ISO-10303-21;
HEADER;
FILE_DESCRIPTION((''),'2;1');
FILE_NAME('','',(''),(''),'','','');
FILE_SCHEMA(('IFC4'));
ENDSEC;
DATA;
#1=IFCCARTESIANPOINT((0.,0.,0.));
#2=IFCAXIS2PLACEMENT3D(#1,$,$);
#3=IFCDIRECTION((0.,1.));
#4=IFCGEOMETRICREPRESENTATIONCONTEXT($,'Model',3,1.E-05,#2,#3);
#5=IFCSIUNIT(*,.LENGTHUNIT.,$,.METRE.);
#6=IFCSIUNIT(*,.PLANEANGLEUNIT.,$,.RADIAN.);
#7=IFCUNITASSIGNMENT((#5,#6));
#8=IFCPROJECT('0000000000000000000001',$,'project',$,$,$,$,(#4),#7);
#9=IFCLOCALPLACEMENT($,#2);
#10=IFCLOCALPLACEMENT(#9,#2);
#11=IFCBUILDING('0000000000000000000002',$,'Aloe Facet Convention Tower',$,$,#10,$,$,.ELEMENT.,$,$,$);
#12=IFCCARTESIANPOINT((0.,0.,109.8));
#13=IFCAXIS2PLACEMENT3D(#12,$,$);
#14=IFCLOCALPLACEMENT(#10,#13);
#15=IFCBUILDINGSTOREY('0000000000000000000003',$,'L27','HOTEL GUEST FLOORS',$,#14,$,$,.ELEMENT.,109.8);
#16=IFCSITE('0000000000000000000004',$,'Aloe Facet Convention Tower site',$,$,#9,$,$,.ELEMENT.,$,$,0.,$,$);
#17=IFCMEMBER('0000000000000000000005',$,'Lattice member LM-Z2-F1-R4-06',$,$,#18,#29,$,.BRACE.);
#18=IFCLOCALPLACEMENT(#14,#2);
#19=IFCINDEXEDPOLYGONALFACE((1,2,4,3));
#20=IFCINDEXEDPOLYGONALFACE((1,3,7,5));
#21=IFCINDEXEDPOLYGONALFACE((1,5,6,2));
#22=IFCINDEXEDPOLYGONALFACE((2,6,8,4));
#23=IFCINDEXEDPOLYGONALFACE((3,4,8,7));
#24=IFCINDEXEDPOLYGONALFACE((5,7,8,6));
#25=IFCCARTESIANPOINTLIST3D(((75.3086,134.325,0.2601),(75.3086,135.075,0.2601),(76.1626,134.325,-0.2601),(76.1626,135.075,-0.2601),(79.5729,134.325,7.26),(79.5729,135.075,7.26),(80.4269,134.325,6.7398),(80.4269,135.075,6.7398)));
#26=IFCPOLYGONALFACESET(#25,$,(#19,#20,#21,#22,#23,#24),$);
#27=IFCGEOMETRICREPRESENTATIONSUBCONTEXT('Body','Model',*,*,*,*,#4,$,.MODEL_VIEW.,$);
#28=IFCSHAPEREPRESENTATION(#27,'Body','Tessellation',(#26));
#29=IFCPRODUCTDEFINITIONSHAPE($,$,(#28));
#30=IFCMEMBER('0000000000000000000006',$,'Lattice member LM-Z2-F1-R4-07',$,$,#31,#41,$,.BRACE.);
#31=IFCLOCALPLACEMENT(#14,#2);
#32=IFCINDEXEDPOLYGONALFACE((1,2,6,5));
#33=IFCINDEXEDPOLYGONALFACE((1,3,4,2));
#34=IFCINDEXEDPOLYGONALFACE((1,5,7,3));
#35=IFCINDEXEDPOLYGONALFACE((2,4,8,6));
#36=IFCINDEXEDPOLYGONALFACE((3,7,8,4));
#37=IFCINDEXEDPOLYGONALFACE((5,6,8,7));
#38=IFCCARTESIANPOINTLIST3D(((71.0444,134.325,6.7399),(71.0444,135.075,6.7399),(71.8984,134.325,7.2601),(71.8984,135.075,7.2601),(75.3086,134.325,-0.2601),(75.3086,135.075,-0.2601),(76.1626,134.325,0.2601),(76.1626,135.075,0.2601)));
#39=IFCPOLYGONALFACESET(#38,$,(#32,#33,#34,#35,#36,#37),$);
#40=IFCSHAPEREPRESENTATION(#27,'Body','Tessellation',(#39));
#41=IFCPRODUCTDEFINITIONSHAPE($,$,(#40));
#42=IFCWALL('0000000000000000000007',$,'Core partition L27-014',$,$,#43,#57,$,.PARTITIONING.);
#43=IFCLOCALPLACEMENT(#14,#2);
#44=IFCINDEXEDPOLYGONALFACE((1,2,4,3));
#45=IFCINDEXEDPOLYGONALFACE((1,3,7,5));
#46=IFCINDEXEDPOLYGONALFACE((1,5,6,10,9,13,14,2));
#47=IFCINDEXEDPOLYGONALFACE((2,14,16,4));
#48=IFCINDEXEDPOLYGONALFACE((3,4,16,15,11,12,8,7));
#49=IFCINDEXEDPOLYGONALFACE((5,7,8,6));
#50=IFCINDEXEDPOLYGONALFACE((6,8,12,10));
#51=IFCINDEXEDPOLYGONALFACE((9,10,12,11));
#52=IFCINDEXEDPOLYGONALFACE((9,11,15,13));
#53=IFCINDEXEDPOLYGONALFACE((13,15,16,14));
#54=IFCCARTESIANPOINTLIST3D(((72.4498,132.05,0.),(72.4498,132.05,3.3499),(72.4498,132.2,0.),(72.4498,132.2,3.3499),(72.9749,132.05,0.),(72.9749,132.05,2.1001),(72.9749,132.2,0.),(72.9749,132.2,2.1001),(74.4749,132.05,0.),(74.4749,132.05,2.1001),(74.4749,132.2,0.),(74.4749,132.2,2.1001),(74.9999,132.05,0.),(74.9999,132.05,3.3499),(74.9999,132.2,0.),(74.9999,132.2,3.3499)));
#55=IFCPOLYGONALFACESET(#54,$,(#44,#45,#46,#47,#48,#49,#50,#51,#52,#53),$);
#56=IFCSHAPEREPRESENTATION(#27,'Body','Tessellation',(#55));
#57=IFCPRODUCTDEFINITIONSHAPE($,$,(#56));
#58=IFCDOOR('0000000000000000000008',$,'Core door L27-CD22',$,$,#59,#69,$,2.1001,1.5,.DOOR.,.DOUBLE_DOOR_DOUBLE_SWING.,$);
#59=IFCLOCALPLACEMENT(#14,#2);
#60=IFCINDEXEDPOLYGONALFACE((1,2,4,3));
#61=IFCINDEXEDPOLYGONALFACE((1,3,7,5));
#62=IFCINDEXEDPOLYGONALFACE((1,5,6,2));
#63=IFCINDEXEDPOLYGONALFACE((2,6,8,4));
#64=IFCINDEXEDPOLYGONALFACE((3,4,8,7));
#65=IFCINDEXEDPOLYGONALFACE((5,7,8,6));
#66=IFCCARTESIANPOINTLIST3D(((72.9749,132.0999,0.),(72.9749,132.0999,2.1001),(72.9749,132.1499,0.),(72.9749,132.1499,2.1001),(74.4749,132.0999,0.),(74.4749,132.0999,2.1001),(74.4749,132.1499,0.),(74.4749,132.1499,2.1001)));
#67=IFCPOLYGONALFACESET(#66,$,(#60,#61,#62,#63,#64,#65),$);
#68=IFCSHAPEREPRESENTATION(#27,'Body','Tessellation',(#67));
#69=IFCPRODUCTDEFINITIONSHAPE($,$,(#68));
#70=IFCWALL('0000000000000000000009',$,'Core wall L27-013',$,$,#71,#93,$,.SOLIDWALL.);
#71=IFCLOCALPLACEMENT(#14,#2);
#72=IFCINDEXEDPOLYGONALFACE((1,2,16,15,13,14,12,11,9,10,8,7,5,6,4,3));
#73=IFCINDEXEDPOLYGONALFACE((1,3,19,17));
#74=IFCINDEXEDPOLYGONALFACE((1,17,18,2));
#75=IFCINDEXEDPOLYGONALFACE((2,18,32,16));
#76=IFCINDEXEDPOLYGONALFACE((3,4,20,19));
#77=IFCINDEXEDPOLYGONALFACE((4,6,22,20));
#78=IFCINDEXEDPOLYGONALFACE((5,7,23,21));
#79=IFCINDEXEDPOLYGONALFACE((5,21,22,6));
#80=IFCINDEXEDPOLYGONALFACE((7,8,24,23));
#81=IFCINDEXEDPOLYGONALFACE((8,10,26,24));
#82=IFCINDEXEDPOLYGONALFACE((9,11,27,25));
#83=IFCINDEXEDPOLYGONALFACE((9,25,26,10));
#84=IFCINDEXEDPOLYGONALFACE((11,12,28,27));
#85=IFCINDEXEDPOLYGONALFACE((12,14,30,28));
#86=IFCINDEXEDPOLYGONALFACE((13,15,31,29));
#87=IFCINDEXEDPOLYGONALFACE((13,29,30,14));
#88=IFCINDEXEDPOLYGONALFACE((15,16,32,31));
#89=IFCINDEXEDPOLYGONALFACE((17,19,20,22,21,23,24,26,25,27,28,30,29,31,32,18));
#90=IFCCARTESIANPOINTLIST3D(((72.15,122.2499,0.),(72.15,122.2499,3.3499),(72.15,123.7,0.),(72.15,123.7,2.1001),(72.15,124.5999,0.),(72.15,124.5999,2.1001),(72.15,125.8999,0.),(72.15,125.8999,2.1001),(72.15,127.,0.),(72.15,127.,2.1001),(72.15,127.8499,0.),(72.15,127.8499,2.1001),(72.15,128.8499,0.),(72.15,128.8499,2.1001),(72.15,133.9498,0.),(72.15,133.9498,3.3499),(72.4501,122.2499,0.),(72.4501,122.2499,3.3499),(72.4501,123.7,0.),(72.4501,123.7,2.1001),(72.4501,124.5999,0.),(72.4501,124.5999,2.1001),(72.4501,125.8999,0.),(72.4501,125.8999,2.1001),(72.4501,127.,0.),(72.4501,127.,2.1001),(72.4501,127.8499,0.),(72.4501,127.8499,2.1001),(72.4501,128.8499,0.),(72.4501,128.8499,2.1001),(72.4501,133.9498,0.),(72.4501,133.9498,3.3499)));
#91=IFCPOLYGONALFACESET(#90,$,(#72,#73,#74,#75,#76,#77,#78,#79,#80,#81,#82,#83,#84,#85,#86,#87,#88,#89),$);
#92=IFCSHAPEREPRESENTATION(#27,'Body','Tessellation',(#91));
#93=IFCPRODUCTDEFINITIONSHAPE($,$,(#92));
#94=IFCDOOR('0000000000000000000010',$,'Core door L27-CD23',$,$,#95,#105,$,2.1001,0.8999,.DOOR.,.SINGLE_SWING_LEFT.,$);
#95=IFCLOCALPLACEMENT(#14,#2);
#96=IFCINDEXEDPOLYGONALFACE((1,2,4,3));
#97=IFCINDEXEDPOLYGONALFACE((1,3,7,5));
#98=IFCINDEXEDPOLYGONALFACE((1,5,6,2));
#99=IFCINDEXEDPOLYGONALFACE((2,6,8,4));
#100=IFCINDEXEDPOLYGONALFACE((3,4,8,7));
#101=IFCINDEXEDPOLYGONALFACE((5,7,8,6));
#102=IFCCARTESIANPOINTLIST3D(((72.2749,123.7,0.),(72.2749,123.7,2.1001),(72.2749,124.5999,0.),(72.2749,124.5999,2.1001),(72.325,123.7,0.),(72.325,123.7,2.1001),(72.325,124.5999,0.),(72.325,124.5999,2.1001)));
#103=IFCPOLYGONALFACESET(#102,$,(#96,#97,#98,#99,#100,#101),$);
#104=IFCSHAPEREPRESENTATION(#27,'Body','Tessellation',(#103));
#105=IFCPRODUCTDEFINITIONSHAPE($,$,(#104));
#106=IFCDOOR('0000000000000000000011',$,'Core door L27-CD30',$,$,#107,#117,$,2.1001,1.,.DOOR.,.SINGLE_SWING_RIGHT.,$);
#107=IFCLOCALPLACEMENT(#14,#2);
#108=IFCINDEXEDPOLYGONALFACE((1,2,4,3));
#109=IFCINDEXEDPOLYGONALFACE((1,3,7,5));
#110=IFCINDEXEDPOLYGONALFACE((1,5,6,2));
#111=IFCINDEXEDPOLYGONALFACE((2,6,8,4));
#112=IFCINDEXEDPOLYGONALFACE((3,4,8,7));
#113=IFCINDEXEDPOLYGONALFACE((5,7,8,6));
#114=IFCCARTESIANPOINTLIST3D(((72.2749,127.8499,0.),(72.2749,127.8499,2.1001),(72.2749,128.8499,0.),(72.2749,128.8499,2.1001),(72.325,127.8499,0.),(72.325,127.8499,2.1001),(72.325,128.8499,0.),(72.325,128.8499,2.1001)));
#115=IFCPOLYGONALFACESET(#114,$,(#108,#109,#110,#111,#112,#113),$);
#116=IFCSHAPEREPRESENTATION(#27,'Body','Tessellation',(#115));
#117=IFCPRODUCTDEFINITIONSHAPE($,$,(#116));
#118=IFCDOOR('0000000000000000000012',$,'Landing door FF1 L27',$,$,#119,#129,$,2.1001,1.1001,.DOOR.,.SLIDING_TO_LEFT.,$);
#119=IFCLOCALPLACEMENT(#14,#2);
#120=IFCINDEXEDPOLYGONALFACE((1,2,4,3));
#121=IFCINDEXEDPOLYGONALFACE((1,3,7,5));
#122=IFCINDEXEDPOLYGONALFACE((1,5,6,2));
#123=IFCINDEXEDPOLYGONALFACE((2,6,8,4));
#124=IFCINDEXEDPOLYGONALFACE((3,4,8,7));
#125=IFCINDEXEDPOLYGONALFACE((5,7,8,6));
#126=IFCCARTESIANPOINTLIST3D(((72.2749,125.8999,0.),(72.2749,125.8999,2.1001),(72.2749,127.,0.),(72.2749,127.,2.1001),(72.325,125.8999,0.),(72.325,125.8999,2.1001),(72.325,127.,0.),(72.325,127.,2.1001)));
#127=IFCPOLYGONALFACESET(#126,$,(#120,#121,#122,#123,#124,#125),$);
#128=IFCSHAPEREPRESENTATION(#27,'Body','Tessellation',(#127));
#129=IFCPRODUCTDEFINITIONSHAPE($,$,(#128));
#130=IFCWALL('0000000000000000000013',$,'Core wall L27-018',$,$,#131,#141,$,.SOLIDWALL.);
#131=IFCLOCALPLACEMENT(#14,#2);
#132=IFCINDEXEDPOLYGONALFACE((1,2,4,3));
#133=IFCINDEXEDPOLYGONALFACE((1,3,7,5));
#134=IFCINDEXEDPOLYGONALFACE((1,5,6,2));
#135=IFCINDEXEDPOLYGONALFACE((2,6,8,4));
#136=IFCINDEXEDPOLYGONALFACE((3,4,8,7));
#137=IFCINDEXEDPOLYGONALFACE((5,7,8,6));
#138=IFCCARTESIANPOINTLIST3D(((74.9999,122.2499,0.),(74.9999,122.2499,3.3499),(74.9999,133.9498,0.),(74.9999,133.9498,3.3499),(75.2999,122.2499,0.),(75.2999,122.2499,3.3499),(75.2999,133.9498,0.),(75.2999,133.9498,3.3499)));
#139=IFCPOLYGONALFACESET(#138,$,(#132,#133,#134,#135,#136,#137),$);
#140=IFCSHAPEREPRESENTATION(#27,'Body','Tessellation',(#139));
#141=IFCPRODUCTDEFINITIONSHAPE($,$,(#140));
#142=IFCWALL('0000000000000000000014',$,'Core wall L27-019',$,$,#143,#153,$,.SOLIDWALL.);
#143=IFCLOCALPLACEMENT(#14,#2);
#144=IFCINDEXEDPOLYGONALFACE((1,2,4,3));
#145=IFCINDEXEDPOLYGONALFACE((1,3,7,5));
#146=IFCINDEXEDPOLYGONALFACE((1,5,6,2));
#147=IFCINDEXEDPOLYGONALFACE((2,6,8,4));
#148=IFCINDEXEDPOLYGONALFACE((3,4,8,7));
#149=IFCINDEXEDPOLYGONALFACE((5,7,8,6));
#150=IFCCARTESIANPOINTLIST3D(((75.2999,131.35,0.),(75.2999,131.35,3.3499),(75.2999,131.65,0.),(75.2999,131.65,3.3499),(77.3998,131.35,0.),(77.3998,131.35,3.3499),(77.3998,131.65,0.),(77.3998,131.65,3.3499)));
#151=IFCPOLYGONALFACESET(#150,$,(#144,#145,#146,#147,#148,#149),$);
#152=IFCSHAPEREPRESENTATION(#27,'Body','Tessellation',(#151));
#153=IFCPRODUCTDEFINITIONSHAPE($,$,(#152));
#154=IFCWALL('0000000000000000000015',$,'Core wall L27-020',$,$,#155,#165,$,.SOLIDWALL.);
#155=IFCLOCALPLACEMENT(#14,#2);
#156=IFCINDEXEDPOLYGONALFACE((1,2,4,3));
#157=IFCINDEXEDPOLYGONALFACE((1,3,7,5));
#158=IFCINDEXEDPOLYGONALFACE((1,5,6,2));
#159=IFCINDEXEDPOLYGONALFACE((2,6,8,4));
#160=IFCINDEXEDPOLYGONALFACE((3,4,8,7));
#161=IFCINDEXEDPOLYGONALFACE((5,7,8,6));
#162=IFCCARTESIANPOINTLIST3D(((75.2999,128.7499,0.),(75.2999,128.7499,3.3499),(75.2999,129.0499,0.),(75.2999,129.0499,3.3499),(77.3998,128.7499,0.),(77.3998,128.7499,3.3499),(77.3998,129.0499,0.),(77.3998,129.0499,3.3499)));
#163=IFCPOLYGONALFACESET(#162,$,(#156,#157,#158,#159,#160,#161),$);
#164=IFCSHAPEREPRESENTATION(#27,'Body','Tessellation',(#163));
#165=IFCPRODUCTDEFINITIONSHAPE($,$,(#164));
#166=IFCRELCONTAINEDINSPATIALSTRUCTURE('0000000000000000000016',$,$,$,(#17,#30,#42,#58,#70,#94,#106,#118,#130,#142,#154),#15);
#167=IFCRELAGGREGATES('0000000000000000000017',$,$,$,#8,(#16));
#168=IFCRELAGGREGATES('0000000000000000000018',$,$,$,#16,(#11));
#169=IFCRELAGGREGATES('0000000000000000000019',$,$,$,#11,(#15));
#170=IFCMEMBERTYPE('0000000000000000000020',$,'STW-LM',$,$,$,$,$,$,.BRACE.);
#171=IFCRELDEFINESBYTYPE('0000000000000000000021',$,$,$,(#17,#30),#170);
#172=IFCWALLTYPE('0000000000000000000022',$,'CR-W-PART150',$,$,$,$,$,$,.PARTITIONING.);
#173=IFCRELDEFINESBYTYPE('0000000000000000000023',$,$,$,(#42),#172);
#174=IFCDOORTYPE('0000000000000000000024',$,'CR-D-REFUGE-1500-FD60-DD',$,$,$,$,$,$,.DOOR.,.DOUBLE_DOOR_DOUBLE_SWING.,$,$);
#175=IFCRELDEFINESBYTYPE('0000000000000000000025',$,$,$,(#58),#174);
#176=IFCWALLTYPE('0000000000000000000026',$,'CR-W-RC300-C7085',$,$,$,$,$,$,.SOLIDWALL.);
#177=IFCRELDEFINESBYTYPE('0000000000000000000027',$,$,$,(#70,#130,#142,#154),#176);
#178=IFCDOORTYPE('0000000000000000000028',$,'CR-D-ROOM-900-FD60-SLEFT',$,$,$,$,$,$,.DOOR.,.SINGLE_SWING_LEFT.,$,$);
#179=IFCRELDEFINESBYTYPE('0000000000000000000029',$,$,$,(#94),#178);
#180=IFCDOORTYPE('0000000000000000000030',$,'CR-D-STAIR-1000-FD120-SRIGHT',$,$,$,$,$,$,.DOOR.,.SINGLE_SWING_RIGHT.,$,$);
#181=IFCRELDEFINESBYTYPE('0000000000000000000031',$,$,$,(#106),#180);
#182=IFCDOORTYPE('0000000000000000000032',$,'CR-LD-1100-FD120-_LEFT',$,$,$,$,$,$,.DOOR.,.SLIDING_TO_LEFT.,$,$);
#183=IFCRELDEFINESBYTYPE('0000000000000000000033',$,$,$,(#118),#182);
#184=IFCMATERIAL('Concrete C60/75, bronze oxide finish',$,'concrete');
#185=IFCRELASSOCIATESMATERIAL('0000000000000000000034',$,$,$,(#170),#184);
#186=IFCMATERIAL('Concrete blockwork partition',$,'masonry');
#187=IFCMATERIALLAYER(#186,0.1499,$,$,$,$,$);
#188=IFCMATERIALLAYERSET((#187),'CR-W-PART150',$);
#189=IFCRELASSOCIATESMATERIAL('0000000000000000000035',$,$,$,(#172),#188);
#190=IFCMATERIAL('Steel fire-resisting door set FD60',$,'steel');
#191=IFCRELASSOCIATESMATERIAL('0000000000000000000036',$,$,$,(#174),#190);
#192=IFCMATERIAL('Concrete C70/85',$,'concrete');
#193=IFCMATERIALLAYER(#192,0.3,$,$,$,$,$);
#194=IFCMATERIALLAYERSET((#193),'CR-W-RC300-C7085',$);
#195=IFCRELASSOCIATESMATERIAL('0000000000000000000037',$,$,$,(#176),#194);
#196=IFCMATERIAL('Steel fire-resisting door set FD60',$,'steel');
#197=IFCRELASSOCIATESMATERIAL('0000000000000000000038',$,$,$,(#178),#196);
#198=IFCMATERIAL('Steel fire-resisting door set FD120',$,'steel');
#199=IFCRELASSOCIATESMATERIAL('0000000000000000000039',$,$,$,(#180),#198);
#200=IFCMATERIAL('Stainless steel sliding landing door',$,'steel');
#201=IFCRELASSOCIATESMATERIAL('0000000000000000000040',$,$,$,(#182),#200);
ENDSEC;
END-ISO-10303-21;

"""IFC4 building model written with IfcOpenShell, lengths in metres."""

from ifc_helpers import new_model, si_unit, direction, frame, frame_2d, origin, origin_2d, place, context, subcontext, project, spatial, rectangle, extrude, material, layer, layer_set, material_profile, profile_set, type_object, element, fill, save


model = new_model("IFC4")

# Units and contexts
model_context = context("Model", 3, precision=1e-05, world=origin(), true_north=direction((0.0, 1.0)))
body_context = subcontext(model_context, "Body", "Model", "MODEL_VIEW")
ifc_project = project(units=[si_unit("LENGTHUNIT", "METRE"), si_unit("PLANEANGLEUNIT", "RADIAN")], contexts=[model_context])

# Site, building, storey
site_placement = place(None, origin())
site = spatial("IfcSite", under=ifc_project, at=site_placement, Name="Aloe Facet Convention Tower site", CompositionType="ELEMENT", RefElevation=0.0)
building_placement = place(site_placement, origin())
building = spatial("IfcBuilding", under=site, at=building_placement, Name="Aloe Facet Convention Tower", CompositionType="ELEMENT")
storey_placement = place(building_placement, frame((0.0, 0.0, 109.8)))
storey = spatial("IfcBuildingStorey", under=building, at=storey_placement, Name="L27", Description="HOTEL GUEST FLOORS", CompositionType="ELEMENT", Elevation=109.8)

# Members
ifc_material_1 = material(Name="Concrete C60/75, bronze oxide finish", Category="concrete")
ifc_material_profile = material_profile(ifc_material_1, rectangle(XDim=0.75, YDim=1.0, at=origin_2d()), Name="STW-LM")
ifc_profile_set = profile_set([ifc_material_profile], Name="Concrete C60/75, bronze oxide finish")
member_type = type_object("IfcMemberType", Name="STW-LM", PredefinedType="BRACE", material=ifc_profile_set)
for number, where, z_axis, x_axis, name in (
    (1, (75.7356, 134.7, 0.0), (0.520262, 0.0, 0.854007), (0.0, 1.0, 0.0), "Lattice member LM-Z2-F1-R4-06"),
    (2, (75.7356, 134.7, 0.0), (-0.52024, 0.0, 0.85402), (0.0, -1.0, 0.0), "Lattice member LM-Z2-F1-R4-07"),
):
    element("IfcMember", number, at=place(storey_placement, frame(where, z_axis=z_axis, x_axis=x_axis)), inside=storey, type_object=member_type, Name=name, PredefinedType="BRACE", context=body_context, shape_type="SweptSolid", body=[
        extrude(rectangle(XDim=0.75, YDim=1.0, at=origin_2d()), origin(), (0.0, 0.0, 1.0), 8.1965),
    ])

# Wall, opening, door
ifc_material_2 = material(Name="Concrete blockwork partition", Category="masonry")
ifc_layer_1 = layer(ifc_material_2, 0.1499)
ifc_layer_set_1 = layer_set([ifc_layer_1], Name="CR-W-PART150")
wall_type_1 = type_object("IfcWallType", Name="CR-W-PART150", PredefinedType="PARTITIONING", material=ifc_layer_set_1)
wall_1_placement = place(storey_placement, frame((72.45, 132.125, 0.0), z_axis=(0.0, 0.0, 1.0), x_axis=(1.0, 0.0, 0.0)))
wall_1 = element("IfcWall", 3, at=wall_1_placement, inside=storey, type_object=wall_type_1, Name="Core partition L27-014", PredefinedType="PARTITIONING", context=body_context, shape_type="SweptSolid", body=[
    extrude(rectangle(XDim=2.55, YDim=0.1499, at=frame_2d((1.2749, 0.0))), origin(), (0.0, 0.0, 1.0), 3.3499),
])
opening_1_placement = place(wall_1_placement, frame((0.5249, 0.0, 0.0)))
opening_1 = element("IfcOpeningElement", 4, at=opening_1_placement, cuts=wall_1, PredefinedType="OPENING", context=body_context, shape_type="SweptSolid", body=[
    extrude(rectangle(XDim=1.5, YDim=2.1001, at=frame_2d((0.75, 1.05))), frame((0.0, 0.085, 0.0), z_axis=(0.0, -1.0, 0.0), x_axis=(1.0, 0.0, 0.0)), (0.0, 0.0, 1.0), 0.1699),
])
ifc_material_3 = material(Name="Steel fire-resisting door set FD60", Category="steel")
door_type_1 = type_object("IfcDoorType", Name="CR-D-REFUGE-1500-FD60-DD", OperationType="DOUBLE_DOOR_DOUBLE_SWING", PredefinedType="DOOR", material=ifc_material_3)
door_1_placement = place(opening_1_placement, origin())
door_1 = element("IfcDoor", 5, at=door_1_placement, inside=storey, type_object=door_type_1, Name="Core door L27-CD22", OperationType="DOUBLE_DOOR_DOUBLE_SWING", OverallHeight=2.1001, OverallWidth=1.5, PredefinedType="DOOR", context=body_context, shape_type="SweptSolid", body=[
    extrude(rectangle(XDim=1.5, YDim=2.1001, at=frame_2d((0.75, 1.05))), frame((0.0, 0.0249, 0.0), z_axis=(0.0, -1.0, 0.0), x_axis=(1.0, 0.0, 0.0)), (0.0, 0.0, 1.0), 0.05),
])
fill(opening_1, door_1)

# Wall, openings, doors
ifc_material_4 = material(Name="Concrete C70/85", Category="concrete")
ifc_layer_2 = layer(ifc_material_4, 0.3)
ifc_layer_set_2 = layer_set([ifc_layer_2], Name="CR-W-RC300-C7085")
wall_type_2 = type_object("IfcWallType", Name="CR-W-RC300-C7085", PredefinedType="SOLIDWALL", material=ifc_layer_set_2)
wall_2_placement = place(storey_placement, frame((72.3, 133.95, 0.0), z_axis=(0.0, 0.0, 1.0), x_axis=(0.0, -1.0, 0.0)))
wall_2 = element("IfcWall", 6, at=wall_2_placement, inside=storey, type_object=wall_type_2, Name="Core wall L27-013", PredefinedType="SOLIDWALL", context=body_context, shape_type="SweptSolid", body=[
    extrude(rectangle(XDim=11.7, YDim=0.3, at=frame_2d((5.8501, 0.0))), origin(), (0.0, 0.0, 1.0), 3.3499),
])
opening_2_placement = place(wall_2_placement, frame((6.95, 0.0, 0.0)))
opening_2 = element("IfcOpeningElement", 7, at=opening_2_placement, cuts=wall_2, PredefinedType="OPENING", context=body_context, shape_type="SweptSolid", body=[
    extrude(rectangle(XDim=1.1001, YDim=2.1001, at=frame_2d((0.55, 1.05))), frame((0.0, 0.1602, 0.0), z_axis=(0.0, -1.0, 0.0), x_axis=(1.0, 0.0, 0.0)), (0.0, 0.0, 1.0), 0.3201),
])
opening_3_placement = place(wall_2_placement, frame((9.3501, 0.0, 0.0)))
opening_3 = element("IfcOpeningElement", 8, at=opening_3_placement, cuts=wall_2, PredefinedType="OPENING", context=body_context, shape_type="SweptSolid", body=[
    extrude(rectangle(XDim=0.8999, YDim=2.1001, at=frame_2d((0.45, 1.05))), frame((0.0, 0.1602, 0.0), z_axis=(0.0, -1.0, 0.0), x_axis=(1.0, 0.0, 0.0)), (0.0, 0.0, 1.0), 0.3201),
])
opening_4_placement = place(wall_2_placement, frame((5.1001, 0.0, 0.0)))
opening_4 = element("IfcOpeningElement", 9, at=opening_4_placement, cuts=wall_2, PredefinedType="OPENING", context=body_context, shape_type="SweptSolid", body=[
    extrude(rectangle(XDim=1.0, YDim=2.1001, at=frame_2d((0.5, 1.05))), frame((0.0, 0.1602, 0.0), z_axis=(0.0, -1.0, 0.0), x_axis=(1.0, 0.0, 0.0)), (0.0, 0.0, 1.0), 0.3201),
])
ifc_material_5 = material(Name="Steel fire-resisting door set FD60", Category="steel")
door_type_2 = type_object("IfcDoorType", Name="CR-D-ROOM-900-FD60-SLEFT", OperationType="SINGLE_SWING_LEFT", PredefinedType="DOOR", material=ifc_material_5)
door_2_placement = place(opening_3_placement, origin())
door_2 = element("IfcDoor", 10, at=door_2_placement, inside=storey, type_object=door_type_2, Name="Core door L27-CD23", OperationType="SINGLE_SWING_LEFT", OverallHeight=2.1001, OverallWidth=0.8999, PredefinedType="DOOR", context=body_context, shape_type="SweptSolid", body=[
    extrude(rectangle(XDim=0.8999, YDim=2.1001, at=frame_2d((0.45, 1.05))), frame((0.0, 0.0249, 0.0), z_axis=(0.0, -1.0, 0.0), x_axis=(1.0, 0.0, 0.0)), (0.0, 0.0, 1.0), 0.05),
])
fill(opening_3, door_2)
ifc_material_6 = material(Name="Steel fire-resisting door set FD120", Category="steel")
door_type_3 = type_object("IfcDoorType", Name="CR-D-STAIR-1000-FD120-SRIGHT", OperationType="SINGLE_SWING_RIGHT", PredefinedType="DOOR", material=ifc_material_6)
door_3_placement = place(opening_4_placement, origin())
door_3 = element("IfcDoor", 11, at=door_3_placement, inside=storey, type_object=door_type_3, Name="Core door L27-CD30", OperationType="SINGLE_SWING_RIGHT", OverallHeight=2.1001, OverallWidth=1.0, PredefinedType="DOOR", context=body_context, shape_type="SweptSolid", body=[
    extrude(rectangle(XDim=1.0, YDim=2.1001, at=frame_2d((0.5, 1.05))), frame((0.0, 0.0249, 0.0), z_axis=(0.0, -1.0, 0.0), x_axis=(1.0, 0.0, 0.0)), (0.0, 0.0, 1.0), 0.05),
])
fill(opening_4, door_3)
ifc_material_7 = material(Name="Stainless steel sliding landing door", Category="steel")
door_type_4 = type_object("IfcDoorType", Name="CR-LD-1100-FD120-_LEFT", OperationType="SLIDING_TO_LEFT", PredefinedType="DOOR", material=ifc_material_7)
door_4_placement = place(opening_2_placement, origin())
door_4 = element("IfcDoor", 12, at=door_4_placement, inside=storey, type_object=door_type_4, Name="Landing door FF1 L27", OperationType="SLIDING_TO_LEFT", OverallHeight=2.1001, OverallWidth=1.1001, PredefinedType="DOOR", context=body_context, shape_type="SweptSolid", body=[
    extrude(rectangle(XDim=1.1001, YDim=2.1001, at=frame_2d((0.55, 1.05))), frame((0.0, 0.0249, 0.0), z_axis=(0.0, -1.0, 0.0), x_axis=(1.0, 0.0, 0.0)), (0.0, 0.0, 1.0), 0.05),
])
fill(opening_2, door_4)

# Walls
wall_3_placement = place(storey_placement, frame((75.1499, 133.95, 0.0), z_axis=(0.0, 0.0, 1.0), x_axis=(0.0, -1.0, 0.0)))
element("IfcWall", 13, at=wall_3_placement, inside=storey, type_object=wall_type_2, Name="Core wall L27-018", PredefinedType="SOLIDWALL", context=body_context, shape_type="SweptSolid", body=[
    extrude(rectangle(XDim=11.7, YDim=0.3, at=frame_2d((5.8501, 0.0))), origin(), (0.0, 0.0, 1.0), 3.3499),
])
for number, where, z_axis, x_axis, name in (
    (14, (75.3, 131.5, 0.0), (0.0, 0.0, 1.0), (1.0, 0.0, 0.0), "Core wall L27-019"),
    (15, (75.3, 128.8999, 0.0), (0.0, 0.0, 1.0), (1.0, 0.0, 0.0), "Core wall L27-020"),
):
    element("IfcWall", number, at=place(storey_placement, frame(where, z_axis=z_axis, x_axis=x_axis)), inside=storey, type_object=wall_type_2, Name=name, PredefinedType="SOLIDWALL", context=body_context, shape_type="SweptSolid", body=[
        extrude(rectangle(XDim=2.0999, YDim=0.3, at=frame_2d((1.0498, 0.0))), origin(), (0.0, 0.0, 1.0), 3.3499),
    ])

save(model, "model.ifc")
